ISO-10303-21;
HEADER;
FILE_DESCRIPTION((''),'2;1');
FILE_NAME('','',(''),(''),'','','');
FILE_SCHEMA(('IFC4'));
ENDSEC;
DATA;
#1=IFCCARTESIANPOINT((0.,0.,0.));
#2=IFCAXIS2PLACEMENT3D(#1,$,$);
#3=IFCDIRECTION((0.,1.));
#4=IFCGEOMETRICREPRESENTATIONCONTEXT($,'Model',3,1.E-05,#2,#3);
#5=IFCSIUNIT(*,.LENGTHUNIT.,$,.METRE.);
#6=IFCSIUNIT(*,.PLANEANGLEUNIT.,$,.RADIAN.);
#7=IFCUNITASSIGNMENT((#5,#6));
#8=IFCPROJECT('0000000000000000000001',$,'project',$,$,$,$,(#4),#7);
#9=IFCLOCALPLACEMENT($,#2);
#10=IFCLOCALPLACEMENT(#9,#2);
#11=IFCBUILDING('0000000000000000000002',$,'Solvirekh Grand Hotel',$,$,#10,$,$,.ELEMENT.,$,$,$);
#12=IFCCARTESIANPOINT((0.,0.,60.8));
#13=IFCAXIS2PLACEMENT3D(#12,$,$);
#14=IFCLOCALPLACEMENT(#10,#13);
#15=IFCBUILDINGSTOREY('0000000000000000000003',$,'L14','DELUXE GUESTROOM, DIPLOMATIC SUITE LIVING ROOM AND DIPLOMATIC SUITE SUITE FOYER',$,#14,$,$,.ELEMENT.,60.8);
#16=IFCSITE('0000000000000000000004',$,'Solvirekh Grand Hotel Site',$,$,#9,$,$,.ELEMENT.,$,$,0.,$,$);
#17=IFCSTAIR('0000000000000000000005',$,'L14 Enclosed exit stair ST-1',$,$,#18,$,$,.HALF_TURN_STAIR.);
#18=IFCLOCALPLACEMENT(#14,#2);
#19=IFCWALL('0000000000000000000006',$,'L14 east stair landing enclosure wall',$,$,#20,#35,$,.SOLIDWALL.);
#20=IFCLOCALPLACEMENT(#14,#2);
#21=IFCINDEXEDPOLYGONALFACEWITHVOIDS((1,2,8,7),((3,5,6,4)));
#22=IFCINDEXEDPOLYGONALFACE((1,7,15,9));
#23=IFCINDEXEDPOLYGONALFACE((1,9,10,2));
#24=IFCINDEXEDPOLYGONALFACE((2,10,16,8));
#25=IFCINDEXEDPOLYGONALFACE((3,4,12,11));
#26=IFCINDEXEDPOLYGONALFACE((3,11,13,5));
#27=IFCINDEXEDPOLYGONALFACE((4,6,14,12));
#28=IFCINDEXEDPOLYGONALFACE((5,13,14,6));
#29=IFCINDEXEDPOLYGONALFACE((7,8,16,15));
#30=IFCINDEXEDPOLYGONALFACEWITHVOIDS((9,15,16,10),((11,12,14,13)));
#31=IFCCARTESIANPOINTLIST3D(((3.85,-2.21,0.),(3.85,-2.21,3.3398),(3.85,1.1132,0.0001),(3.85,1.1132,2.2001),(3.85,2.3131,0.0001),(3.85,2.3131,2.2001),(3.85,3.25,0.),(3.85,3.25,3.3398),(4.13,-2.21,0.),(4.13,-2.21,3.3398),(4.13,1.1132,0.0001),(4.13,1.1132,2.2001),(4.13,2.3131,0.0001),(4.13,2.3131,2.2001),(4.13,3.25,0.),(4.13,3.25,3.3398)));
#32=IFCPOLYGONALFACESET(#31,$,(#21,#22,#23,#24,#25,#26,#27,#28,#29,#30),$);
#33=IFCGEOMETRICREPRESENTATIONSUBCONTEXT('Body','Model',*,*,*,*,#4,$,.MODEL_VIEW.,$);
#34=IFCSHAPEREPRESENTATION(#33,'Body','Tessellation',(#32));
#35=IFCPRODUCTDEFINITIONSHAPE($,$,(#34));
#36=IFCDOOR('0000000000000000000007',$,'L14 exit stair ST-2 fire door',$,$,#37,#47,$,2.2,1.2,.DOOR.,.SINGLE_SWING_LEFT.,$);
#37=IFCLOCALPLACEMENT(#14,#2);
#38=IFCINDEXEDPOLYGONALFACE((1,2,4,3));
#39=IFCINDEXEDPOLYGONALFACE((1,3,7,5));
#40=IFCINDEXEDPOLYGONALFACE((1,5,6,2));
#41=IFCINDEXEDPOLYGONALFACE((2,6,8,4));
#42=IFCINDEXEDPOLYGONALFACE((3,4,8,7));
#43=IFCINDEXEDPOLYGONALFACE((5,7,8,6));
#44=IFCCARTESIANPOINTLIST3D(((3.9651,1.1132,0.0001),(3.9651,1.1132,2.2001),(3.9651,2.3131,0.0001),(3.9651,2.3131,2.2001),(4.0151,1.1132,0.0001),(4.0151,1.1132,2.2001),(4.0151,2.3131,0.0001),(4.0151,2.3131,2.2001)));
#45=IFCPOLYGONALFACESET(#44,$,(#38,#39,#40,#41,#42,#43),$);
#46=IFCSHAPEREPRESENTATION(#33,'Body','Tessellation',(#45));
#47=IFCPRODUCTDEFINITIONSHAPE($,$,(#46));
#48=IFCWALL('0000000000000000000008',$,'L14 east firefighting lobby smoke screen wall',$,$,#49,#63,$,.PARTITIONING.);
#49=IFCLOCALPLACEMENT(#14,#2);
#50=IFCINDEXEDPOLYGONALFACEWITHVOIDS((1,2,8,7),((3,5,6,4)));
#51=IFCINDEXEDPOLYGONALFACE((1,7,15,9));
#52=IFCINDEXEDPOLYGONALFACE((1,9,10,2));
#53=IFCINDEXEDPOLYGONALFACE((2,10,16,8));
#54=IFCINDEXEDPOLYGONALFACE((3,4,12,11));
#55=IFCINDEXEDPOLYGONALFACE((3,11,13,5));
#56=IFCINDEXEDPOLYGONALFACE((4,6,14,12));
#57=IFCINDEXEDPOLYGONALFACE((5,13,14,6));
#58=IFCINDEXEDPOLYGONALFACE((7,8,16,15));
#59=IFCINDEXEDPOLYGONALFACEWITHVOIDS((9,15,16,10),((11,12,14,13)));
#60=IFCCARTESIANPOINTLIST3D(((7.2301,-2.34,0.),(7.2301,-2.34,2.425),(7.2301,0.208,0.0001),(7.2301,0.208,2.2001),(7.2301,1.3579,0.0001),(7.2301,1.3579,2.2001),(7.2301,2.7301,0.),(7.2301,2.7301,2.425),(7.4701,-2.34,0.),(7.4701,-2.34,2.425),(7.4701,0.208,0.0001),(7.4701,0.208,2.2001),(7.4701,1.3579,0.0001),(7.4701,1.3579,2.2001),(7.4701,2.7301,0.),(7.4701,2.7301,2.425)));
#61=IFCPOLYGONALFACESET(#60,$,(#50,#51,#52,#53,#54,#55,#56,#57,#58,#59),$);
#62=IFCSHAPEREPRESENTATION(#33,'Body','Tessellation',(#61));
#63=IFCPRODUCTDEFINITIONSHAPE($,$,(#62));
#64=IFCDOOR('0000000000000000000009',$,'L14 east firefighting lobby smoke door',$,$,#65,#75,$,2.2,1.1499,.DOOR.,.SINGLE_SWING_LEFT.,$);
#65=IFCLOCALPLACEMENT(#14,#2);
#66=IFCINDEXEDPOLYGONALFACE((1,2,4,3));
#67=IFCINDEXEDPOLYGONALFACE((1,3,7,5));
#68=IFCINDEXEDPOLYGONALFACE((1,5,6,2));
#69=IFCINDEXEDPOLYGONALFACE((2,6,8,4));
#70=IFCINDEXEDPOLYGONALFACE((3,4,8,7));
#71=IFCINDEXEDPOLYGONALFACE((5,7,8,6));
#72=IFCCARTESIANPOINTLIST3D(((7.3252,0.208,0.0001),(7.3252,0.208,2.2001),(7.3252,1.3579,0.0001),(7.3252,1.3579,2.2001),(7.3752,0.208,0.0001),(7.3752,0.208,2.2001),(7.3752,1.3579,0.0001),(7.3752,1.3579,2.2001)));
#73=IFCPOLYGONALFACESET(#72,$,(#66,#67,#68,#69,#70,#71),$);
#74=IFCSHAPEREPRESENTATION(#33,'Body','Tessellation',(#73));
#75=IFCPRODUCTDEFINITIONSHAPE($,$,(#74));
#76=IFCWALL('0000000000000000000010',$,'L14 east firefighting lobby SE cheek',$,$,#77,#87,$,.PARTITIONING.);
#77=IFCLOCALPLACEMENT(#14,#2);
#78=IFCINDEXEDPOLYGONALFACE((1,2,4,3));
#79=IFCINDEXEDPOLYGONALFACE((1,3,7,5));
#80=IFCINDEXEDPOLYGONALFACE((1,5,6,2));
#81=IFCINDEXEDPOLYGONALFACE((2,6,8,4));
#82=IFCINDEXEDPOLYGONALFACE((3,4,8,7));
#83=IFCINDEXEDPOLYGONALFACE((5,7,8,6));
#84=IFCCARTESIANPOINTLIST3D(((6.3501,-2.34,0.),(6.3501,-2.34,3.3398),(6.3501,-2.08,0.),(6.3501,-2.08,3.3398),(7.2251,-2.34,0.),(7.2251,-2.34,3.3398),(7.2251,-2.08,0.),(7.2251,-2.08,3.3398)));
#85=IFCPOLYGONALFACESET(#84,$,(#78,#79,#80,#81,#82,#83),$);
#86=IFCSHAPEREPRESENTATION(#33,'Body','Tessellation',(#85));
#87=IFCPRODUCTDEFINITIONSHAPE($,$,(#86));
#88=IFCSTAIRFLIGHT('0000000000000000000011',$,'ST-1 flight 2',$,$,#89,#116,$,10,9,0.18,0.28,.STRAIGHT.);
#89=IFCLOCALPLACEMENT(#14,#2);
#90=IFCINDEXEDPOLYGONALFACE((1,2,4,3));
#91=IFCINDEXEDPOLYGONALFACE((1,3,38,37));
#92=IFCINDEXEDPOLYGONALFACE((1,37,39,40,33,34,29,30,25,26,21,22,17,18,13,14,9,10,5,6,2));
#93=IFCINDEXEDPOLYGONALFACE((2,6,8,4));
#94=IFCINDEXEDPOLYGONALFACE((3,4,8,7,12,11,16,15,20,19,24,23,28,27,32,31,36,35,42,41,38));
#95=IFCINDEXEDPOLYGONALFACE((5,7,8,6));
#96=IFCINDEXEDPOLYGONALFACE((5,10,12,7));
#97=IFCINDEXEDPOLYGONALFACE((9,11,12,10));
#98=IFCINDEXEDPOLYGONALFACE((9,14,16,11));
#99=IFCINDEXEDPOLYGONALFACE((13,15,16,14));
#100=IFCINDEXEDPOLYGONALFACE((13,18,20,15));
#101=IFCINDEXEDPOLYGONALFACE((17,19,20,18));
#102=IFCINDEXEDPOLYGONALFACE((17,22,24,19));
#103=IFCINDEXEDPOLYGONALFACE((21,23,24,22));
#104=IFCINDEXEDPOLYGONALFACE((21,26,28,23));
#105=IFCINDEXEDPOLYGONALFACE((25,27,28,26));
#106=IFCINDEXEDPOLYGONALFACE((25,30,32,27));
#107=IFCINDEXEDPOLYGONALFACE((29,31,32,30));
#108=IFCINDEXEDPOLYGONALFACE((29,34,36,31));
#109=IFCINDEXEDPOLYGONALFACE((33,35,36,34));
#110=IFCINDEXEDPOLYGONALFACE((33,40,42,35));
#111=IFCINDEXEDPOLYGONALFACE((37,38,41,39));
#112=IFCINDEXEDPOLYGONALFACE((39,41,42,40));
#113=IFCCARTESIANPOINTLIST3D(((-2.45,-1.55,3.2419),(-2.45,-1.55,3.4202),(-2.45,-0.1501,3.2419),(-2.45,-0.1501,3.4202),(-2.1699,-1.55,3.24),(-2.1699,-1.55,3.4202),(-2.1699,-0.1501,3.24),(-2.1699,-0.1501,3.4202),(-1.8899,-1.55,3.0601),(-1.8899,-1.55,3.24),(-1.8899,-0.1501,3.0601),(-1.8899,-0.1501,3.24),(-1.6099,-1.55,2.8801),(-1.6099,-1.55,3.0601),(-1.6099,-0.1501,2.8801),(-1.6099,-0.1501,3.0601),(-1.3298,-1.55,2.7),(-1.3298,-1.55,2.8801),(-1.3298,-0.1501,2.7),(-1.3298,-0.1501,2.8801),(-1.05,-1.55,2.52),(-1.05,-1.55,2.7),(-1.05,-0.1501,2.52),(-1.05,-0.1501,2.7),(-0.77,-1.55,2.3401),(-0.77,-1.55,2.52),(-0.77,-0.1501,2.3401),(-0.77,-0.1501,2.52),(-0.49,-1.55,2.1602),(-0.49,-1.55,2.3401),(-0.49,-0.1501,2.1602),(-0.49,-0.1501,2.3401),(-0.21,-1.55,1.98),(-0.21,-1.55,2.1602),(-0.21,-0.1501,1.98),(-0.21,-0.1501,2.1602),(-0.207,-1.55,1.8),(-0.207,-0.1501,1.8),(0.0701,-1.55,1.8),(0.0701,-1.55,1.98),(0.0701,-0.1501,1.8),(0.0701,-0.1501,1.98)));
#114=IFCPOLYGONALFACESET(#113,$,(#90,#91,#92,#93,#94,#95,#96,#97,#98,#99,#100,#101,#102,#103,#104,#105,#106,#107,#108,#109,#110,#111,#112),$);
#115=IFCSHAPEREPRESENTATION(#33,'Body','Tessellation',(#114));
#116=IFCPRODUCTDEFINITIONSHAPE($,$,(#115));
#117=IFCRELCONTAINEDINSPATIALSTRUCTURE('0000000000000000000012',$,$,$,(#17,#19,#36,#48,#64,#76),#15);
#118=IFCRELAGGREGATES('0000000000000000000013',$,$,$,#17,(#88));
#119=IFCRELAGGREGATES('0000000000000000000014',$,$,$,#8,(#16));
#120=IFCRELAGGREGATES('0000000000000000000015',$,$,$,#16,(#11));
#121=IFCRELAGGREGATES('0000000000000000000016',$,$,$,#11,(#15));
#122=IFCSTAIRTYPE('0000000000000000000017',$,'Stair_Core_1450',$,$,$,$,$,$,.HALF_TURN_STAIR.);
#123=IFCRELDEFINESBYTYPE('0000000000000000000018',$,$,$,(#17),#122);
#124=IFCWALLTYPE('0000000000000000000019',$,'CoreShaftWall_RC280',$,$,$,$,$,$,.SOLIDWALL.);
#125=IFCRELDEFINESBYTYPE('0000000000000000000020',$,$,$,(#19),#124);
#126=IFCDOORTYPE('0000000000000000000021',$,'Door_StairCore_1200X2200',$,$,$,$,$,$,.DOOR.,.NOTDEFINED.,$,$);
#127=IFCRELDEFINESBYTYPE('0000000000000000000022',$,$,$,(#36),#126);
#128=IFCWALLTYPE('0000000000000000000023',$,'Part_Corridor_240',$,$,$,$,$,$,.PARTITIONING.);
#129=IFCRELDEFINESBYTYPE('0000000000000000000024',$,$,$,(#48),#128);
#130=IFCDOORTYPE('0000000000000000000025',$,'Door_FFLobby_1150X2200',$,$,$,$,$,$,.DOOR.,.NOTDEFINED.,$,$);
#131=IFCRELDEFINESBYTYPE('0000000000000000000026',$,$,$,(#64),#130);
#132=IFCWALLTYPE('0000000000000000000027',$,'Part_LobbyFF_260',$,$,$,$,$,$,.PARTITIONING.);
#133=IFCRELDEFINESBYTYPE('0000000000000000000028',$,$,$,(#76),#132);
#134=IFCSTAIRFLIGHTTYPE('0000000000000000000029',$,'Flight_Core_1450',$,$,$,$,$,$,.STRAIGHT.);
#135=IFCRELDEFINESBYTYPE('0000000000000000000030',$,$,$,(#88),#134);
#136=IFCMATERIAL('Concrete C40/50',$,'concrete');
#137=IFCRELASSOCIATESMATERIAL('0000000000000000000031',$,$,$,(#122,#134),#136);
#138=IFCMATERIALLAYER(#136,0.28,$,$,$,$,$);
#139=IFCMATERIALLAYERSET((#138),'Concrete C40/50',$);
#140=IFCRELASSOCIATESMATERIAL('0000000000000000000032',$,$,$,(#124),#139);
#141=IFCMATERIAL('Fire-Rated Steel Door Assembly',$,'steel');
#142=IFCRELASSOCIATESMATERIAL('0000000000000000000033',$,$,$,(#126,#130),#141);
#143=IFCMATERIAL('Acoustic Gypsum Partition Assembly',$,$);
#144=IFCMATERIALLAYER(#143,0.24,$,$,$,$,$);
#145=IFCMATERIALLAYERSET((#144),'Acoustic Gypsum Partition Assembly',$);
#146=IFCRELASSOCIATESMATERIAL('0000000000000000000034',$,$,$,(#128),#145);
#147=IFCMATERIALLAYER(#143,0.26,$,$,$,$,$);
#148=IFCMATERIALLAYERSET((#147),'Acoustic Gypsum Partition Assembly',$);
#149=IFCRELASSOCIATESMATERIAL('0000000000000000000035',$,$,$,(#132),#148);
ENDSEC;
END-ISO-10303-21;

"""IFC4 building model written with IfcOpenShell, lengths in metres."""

from ifc_helpers import new_model, si_unit, direction, frame, frame_2d, origin, place, context, subcontext, project, spatial, polyline, rectangle, outline, extrude, material, layer, layer_set, type_object, element, fill, aggregate, save


model = new_model("IFC4")

# Units and contexts
model_context = context("Model", 3, precision=1e-05, world=origin(), true_north=direction((0.0, 1.0)))
body_context = subcontext(model_context, "Body", "Model", "MODEL_VIEW")
ifc_project = project(units=[si_unit("LENGTHUNIT", "METRE"), si_unit("PLANEANGLEUNIT", "RADIAN")], contexts=[model_context])

# Site, building, storey
site_placement = place(None, origin())
site = spatial("IfcSite", under=ifc_project, at=site_placement, Name="Solvirekh Grand Hotel Site", CompositionType="ELEMENT", RefElevation=0.0)
building_placement = place(site_placement, origin())
building = spatial("IfcBuilding", under=site, at=building_placement, Name="Solvirekh Grand Hotel", CompositionType="ELEMENT")
storey_placement = place(building_placement, frame((0.0, 0.0, 60.8)))
storey = spatial("IfcBuildingStorey", under=building, at=storey_placement, Name="L14", Description="DELUXE GUESTROOM, DIPLOMATIC SUITE LIVING ROOM AND DIPLOMATIC SUITE SUITE FOYER", CompositionType="ELEMENT", Elevation=60.8)

# Stair
ifc_material_1 = material(Name="Concrete C40/50", Category="concrete")
stair_type = type_object("IfcStairType", Name="Stair_Core_1450", PredefinedType="HALF_TURN_STAIR", material=ifc_material_1)
stair_1_placement = place(storey_placement, origin())
stair_1 = element("IfcStair", 1, at=stair_1_placement, inside=storey, type_object=stair_type, Name="L14 Enclosed exit stair ST-1", PredefinedType="HALF_TURN_STAIR")

# Shared definitions
ifc_layer_1 = layer(ifc_material_1, 0.28)
ifc_layer_set_1 = layer_set([ifc_layer_1], Name="Concrete C40/50")
wall_type_1 = type_object("IfcWallType", Name="CoreShaftWall_RC280", PredefinedType="SOLIDWALL", material=ifc_layer_set_1)

# Shared definitions
ifc_material_2 = material(Name="Fire-Rated Steel Door Assembly", Category="steel")

# Walls, openings, doors
wall_1_placement = place(storey_placement, frame((3.99, -2.21, 0.0), z_axis=(0.0, 0.0, 1.0), x_axis=(0.0, 1.0, 0.0)))
wall_1 = element("IfcWall", 2, at=wall_1_placement, inside=storey, type_object=wall_type_1, Name="L14 east stair landing enclosure wall", PredefinedType="SOLIDWALL", context=body_context, shape_type="SweptSolid", body=[
    extrude(rectangle(XDim=5.46, YDim=0.28, at=frame_2d((2.73, 0.0))), origin(), (0.0, 0.0, 1.0), 3.3398),
])
opening_1_placement = place(wall_1_placement, frame((3.323, 0.0, 0.0)))
opening_1 = element("IfcOpeningElement", 3, at=opening_1_placement, cuts=wall_1, PredefinedType="OPENING", context=body_context, shape_type="SweptSolid", body=[
    extrude(rectangle(XDim=1.2, YDim=2.2, at=frame_2d((0.6001, 1.1001))), frame((0.0, 0.1499, 0.0), z_axis=(0.0, -1.0, 0.0), x_axis=(1.0, 0.0, 0.0)), (0.0, 0.0, 1.0), 0.3),
])
door_type_1 = type_object("IfcDoorType", Name="Door_StairCore_1200X2200", OperationType="NOTDEFINED", PredefinedType="DOOR", material=ifc_material_2)
door_1_placement = place(opening_1_placement, origin())
door_1 = element("IfcDoor", 4, at=door_1_placement, inside=storey, type_object=door_type_1, Name="L14 exit stair ST-2 fire door", OperationType="SINGLE_SWING_LEFT", OverallHeight=2.2, OverallWidth=1.2, PredefinedType="DOOR", context=body_context, shape_type="SweptSolid", body=[
    extrude(rectangle(XDim=1.2, YDim=2.2, at=frame_2d((0.6001, 1.1001))), frame((0.0, 0.0249, 0.0), z_axis=(0.0, -1.0, 0.0), x_axis=(1.0, 0.0, 0.0)), (0.0, 0.0, 1.0), 0.05),
])
fill(opening_1, door_1)
ifc_material_3 = material(Name="Acoustic Gypsum Partition Assembly")
ifc_layer_2 = layer(ifc_material_3, 0.24)
ifc_layer_set_2 = layer_set([ifc_layer_2], Name="Acoustic Gypsum Partition Assembly")
wall_type_2 = type_object("IfcWallType", Name="Part_Corridor_240", PredefinedType="PARTITIONING", material=ifc_layer_set_2)
wall_2_placement = place(storey_placement, frame((7.3501, -2.3401, 0.0), z_axis=(0.0, 0.0, 1.0), x_axis=(0.0, 1.0, 0.0)))
wall_2 = element("IfcWall", 5, at=wall_2_placement, inside=storey, type_object=wall_type_2, Name="L14 east firefighting lobby smoke screen wall", PredefinedType="PARTITIONING", context=body_context, shape_type="SweptSolid", body=[
    extrude(rectangle(XDim=5.0701, YDim=0.24, at=frame_2d((2.5352, 0.0))), origin(), (0.0, 0.0, 1.0), 2.425),
])
opening_2_placement = place(wall_2_placement, frame((2.5481, 0.0, 0.0)))
opening_2 = element("IfcOpeningElement", 6, at=opening_2_placement, cuts=wall_2, PredefinedType="OPENING", context=body_context, shape_type="SweptSolid", body=[
    extrude(rectangle(XDim=1.1499, YDim=2.2, at=frame_2d((0.575, 1.1001))), frame((0.0, 0.1299, 0.0), z_axis=(0.0, -1.0, 0.0), x_axis=(1.0, 0.0, 0.0)), (0.0, 0.0, 1.0), 0.26),
])
door_type_2 = type_object("IfcDoorType", Name="Door_FFLobby_1150X2200", OperationType="NOTDEFINED", PredefinedType="DOOR", material=ifc_material_2)
door_2_placement = place(opening_2_placement, origin())
door_2 = element("IfcDoor", 7, at=door_2_placement, inside=storey, type_object=door_type_2, Name="L14 east firefighting lobby smoke door", OperationType="SINGLE_SWING_LEFT", OverallHeight=2.2, OverallWidth=1.1499, PredefinedType="DOOR", context=body_context, shape_type="SweptSolid", body=[
    extrude(rectangle(XDim=1.1499, YDim=2.2, at=frame_2d((0.575, 1.1001))), frame((0.0, 0.0249, 0.0), z_axis=(0.0, -1.0, 0.0), x_axis=(1.0, 0.0, 0.0)), (0.0, 0.0, 1.0), 0.05),
])
fill(opening_2, door_2)

# Wall
ifc_layer_3 = layer(ifc_material_3, 0.26)
ifc_layer_set_3 = layer_set([ifc_layer_3], Name="Acoustic Gypsum Partition Assembly")
wall_type_3 = type_object("IfcWallType", Name="Part_LobbyFF_260", PredefinedType="PARTITIONING", material=ifc_layer_set_3)
wall_3_placement = place(storey_placement, frame((6.3501, -2.21, 0.0), z_axis=(0.0, 0.0, 1.0), x_axis=(1.0, 0.0, 0.0)))
element("IfcWall", 8, at=wall_3_placement, inside=storey, type_object=wall_type_3, Name="L14 east firefighting lobby SE cheek", PredefinedType="PARTITIONING", context=body_context, shape_type="SweptSolid", body=[
    extrude(rectangle(XDim=0.875, YDim=0.26, at=frame_2d((0.4375, 0.0))), origin(), (0.0, 0.0, 1.0), 3.3398),
])

# Stair flight
stair_flight_type = type_object("IfcStairFlightType", Name="Flight_Core_1450", PredefinedType="STRAIGHT", material=ifc_material_1)
stair_flight_placement = place(storey_placement, frame((0.0701, -0.8501, 1.8), z_axis=(0.0, 0.0, 1.0), x_axis=(-1.0, 0.0, 0.0)))
stair_flight = element("IfcStairFlight", 9, at=stair_flight_placement, type_object=stair_flight_type, Name="ST-1 flight 2", NumberOfRisers=10, NumberOfTreads=9, PredefinedType="STRAIGHT", RiserHeight=0.18, TreadLength=0.28, context=body_context, shape_type="SweptSolid", body=[
    extrude(outline(polyline([(0.0, 0.0), (0.0, 0.1799), (0.28, 0.1799), (0.28, 0.3601), (0.5601, 0.3601), (0.5601, 0.54), (0.8401, 0.54), (0.8401, 0.72), (1.1201, 0.72), (1.1201, 0.8999), (1.3999, 0.8999), (1.3999, 1.0801), (1.6799, 1.0801), (1.6799, 1.26), (1.96, 1.26), (1.96, 1.4399), (2.24, 1.4399), (2.24, 1.6201), (2.52, 1.6201), (2.52, 1.8), (2.52, 1.4419), (0.2771, 0.0), (0.0, 0.0)])), frame((0.0, 0.7, 0.0), z_axis=(0.0, -1.0, 0.0), x_axis=(1.0, 0.0, 0.0)), (0.0, 0.0, 1.0), 1.3999),
])
aggregate(stair_1, [stair_flight])

save(model, "model.ifc")
